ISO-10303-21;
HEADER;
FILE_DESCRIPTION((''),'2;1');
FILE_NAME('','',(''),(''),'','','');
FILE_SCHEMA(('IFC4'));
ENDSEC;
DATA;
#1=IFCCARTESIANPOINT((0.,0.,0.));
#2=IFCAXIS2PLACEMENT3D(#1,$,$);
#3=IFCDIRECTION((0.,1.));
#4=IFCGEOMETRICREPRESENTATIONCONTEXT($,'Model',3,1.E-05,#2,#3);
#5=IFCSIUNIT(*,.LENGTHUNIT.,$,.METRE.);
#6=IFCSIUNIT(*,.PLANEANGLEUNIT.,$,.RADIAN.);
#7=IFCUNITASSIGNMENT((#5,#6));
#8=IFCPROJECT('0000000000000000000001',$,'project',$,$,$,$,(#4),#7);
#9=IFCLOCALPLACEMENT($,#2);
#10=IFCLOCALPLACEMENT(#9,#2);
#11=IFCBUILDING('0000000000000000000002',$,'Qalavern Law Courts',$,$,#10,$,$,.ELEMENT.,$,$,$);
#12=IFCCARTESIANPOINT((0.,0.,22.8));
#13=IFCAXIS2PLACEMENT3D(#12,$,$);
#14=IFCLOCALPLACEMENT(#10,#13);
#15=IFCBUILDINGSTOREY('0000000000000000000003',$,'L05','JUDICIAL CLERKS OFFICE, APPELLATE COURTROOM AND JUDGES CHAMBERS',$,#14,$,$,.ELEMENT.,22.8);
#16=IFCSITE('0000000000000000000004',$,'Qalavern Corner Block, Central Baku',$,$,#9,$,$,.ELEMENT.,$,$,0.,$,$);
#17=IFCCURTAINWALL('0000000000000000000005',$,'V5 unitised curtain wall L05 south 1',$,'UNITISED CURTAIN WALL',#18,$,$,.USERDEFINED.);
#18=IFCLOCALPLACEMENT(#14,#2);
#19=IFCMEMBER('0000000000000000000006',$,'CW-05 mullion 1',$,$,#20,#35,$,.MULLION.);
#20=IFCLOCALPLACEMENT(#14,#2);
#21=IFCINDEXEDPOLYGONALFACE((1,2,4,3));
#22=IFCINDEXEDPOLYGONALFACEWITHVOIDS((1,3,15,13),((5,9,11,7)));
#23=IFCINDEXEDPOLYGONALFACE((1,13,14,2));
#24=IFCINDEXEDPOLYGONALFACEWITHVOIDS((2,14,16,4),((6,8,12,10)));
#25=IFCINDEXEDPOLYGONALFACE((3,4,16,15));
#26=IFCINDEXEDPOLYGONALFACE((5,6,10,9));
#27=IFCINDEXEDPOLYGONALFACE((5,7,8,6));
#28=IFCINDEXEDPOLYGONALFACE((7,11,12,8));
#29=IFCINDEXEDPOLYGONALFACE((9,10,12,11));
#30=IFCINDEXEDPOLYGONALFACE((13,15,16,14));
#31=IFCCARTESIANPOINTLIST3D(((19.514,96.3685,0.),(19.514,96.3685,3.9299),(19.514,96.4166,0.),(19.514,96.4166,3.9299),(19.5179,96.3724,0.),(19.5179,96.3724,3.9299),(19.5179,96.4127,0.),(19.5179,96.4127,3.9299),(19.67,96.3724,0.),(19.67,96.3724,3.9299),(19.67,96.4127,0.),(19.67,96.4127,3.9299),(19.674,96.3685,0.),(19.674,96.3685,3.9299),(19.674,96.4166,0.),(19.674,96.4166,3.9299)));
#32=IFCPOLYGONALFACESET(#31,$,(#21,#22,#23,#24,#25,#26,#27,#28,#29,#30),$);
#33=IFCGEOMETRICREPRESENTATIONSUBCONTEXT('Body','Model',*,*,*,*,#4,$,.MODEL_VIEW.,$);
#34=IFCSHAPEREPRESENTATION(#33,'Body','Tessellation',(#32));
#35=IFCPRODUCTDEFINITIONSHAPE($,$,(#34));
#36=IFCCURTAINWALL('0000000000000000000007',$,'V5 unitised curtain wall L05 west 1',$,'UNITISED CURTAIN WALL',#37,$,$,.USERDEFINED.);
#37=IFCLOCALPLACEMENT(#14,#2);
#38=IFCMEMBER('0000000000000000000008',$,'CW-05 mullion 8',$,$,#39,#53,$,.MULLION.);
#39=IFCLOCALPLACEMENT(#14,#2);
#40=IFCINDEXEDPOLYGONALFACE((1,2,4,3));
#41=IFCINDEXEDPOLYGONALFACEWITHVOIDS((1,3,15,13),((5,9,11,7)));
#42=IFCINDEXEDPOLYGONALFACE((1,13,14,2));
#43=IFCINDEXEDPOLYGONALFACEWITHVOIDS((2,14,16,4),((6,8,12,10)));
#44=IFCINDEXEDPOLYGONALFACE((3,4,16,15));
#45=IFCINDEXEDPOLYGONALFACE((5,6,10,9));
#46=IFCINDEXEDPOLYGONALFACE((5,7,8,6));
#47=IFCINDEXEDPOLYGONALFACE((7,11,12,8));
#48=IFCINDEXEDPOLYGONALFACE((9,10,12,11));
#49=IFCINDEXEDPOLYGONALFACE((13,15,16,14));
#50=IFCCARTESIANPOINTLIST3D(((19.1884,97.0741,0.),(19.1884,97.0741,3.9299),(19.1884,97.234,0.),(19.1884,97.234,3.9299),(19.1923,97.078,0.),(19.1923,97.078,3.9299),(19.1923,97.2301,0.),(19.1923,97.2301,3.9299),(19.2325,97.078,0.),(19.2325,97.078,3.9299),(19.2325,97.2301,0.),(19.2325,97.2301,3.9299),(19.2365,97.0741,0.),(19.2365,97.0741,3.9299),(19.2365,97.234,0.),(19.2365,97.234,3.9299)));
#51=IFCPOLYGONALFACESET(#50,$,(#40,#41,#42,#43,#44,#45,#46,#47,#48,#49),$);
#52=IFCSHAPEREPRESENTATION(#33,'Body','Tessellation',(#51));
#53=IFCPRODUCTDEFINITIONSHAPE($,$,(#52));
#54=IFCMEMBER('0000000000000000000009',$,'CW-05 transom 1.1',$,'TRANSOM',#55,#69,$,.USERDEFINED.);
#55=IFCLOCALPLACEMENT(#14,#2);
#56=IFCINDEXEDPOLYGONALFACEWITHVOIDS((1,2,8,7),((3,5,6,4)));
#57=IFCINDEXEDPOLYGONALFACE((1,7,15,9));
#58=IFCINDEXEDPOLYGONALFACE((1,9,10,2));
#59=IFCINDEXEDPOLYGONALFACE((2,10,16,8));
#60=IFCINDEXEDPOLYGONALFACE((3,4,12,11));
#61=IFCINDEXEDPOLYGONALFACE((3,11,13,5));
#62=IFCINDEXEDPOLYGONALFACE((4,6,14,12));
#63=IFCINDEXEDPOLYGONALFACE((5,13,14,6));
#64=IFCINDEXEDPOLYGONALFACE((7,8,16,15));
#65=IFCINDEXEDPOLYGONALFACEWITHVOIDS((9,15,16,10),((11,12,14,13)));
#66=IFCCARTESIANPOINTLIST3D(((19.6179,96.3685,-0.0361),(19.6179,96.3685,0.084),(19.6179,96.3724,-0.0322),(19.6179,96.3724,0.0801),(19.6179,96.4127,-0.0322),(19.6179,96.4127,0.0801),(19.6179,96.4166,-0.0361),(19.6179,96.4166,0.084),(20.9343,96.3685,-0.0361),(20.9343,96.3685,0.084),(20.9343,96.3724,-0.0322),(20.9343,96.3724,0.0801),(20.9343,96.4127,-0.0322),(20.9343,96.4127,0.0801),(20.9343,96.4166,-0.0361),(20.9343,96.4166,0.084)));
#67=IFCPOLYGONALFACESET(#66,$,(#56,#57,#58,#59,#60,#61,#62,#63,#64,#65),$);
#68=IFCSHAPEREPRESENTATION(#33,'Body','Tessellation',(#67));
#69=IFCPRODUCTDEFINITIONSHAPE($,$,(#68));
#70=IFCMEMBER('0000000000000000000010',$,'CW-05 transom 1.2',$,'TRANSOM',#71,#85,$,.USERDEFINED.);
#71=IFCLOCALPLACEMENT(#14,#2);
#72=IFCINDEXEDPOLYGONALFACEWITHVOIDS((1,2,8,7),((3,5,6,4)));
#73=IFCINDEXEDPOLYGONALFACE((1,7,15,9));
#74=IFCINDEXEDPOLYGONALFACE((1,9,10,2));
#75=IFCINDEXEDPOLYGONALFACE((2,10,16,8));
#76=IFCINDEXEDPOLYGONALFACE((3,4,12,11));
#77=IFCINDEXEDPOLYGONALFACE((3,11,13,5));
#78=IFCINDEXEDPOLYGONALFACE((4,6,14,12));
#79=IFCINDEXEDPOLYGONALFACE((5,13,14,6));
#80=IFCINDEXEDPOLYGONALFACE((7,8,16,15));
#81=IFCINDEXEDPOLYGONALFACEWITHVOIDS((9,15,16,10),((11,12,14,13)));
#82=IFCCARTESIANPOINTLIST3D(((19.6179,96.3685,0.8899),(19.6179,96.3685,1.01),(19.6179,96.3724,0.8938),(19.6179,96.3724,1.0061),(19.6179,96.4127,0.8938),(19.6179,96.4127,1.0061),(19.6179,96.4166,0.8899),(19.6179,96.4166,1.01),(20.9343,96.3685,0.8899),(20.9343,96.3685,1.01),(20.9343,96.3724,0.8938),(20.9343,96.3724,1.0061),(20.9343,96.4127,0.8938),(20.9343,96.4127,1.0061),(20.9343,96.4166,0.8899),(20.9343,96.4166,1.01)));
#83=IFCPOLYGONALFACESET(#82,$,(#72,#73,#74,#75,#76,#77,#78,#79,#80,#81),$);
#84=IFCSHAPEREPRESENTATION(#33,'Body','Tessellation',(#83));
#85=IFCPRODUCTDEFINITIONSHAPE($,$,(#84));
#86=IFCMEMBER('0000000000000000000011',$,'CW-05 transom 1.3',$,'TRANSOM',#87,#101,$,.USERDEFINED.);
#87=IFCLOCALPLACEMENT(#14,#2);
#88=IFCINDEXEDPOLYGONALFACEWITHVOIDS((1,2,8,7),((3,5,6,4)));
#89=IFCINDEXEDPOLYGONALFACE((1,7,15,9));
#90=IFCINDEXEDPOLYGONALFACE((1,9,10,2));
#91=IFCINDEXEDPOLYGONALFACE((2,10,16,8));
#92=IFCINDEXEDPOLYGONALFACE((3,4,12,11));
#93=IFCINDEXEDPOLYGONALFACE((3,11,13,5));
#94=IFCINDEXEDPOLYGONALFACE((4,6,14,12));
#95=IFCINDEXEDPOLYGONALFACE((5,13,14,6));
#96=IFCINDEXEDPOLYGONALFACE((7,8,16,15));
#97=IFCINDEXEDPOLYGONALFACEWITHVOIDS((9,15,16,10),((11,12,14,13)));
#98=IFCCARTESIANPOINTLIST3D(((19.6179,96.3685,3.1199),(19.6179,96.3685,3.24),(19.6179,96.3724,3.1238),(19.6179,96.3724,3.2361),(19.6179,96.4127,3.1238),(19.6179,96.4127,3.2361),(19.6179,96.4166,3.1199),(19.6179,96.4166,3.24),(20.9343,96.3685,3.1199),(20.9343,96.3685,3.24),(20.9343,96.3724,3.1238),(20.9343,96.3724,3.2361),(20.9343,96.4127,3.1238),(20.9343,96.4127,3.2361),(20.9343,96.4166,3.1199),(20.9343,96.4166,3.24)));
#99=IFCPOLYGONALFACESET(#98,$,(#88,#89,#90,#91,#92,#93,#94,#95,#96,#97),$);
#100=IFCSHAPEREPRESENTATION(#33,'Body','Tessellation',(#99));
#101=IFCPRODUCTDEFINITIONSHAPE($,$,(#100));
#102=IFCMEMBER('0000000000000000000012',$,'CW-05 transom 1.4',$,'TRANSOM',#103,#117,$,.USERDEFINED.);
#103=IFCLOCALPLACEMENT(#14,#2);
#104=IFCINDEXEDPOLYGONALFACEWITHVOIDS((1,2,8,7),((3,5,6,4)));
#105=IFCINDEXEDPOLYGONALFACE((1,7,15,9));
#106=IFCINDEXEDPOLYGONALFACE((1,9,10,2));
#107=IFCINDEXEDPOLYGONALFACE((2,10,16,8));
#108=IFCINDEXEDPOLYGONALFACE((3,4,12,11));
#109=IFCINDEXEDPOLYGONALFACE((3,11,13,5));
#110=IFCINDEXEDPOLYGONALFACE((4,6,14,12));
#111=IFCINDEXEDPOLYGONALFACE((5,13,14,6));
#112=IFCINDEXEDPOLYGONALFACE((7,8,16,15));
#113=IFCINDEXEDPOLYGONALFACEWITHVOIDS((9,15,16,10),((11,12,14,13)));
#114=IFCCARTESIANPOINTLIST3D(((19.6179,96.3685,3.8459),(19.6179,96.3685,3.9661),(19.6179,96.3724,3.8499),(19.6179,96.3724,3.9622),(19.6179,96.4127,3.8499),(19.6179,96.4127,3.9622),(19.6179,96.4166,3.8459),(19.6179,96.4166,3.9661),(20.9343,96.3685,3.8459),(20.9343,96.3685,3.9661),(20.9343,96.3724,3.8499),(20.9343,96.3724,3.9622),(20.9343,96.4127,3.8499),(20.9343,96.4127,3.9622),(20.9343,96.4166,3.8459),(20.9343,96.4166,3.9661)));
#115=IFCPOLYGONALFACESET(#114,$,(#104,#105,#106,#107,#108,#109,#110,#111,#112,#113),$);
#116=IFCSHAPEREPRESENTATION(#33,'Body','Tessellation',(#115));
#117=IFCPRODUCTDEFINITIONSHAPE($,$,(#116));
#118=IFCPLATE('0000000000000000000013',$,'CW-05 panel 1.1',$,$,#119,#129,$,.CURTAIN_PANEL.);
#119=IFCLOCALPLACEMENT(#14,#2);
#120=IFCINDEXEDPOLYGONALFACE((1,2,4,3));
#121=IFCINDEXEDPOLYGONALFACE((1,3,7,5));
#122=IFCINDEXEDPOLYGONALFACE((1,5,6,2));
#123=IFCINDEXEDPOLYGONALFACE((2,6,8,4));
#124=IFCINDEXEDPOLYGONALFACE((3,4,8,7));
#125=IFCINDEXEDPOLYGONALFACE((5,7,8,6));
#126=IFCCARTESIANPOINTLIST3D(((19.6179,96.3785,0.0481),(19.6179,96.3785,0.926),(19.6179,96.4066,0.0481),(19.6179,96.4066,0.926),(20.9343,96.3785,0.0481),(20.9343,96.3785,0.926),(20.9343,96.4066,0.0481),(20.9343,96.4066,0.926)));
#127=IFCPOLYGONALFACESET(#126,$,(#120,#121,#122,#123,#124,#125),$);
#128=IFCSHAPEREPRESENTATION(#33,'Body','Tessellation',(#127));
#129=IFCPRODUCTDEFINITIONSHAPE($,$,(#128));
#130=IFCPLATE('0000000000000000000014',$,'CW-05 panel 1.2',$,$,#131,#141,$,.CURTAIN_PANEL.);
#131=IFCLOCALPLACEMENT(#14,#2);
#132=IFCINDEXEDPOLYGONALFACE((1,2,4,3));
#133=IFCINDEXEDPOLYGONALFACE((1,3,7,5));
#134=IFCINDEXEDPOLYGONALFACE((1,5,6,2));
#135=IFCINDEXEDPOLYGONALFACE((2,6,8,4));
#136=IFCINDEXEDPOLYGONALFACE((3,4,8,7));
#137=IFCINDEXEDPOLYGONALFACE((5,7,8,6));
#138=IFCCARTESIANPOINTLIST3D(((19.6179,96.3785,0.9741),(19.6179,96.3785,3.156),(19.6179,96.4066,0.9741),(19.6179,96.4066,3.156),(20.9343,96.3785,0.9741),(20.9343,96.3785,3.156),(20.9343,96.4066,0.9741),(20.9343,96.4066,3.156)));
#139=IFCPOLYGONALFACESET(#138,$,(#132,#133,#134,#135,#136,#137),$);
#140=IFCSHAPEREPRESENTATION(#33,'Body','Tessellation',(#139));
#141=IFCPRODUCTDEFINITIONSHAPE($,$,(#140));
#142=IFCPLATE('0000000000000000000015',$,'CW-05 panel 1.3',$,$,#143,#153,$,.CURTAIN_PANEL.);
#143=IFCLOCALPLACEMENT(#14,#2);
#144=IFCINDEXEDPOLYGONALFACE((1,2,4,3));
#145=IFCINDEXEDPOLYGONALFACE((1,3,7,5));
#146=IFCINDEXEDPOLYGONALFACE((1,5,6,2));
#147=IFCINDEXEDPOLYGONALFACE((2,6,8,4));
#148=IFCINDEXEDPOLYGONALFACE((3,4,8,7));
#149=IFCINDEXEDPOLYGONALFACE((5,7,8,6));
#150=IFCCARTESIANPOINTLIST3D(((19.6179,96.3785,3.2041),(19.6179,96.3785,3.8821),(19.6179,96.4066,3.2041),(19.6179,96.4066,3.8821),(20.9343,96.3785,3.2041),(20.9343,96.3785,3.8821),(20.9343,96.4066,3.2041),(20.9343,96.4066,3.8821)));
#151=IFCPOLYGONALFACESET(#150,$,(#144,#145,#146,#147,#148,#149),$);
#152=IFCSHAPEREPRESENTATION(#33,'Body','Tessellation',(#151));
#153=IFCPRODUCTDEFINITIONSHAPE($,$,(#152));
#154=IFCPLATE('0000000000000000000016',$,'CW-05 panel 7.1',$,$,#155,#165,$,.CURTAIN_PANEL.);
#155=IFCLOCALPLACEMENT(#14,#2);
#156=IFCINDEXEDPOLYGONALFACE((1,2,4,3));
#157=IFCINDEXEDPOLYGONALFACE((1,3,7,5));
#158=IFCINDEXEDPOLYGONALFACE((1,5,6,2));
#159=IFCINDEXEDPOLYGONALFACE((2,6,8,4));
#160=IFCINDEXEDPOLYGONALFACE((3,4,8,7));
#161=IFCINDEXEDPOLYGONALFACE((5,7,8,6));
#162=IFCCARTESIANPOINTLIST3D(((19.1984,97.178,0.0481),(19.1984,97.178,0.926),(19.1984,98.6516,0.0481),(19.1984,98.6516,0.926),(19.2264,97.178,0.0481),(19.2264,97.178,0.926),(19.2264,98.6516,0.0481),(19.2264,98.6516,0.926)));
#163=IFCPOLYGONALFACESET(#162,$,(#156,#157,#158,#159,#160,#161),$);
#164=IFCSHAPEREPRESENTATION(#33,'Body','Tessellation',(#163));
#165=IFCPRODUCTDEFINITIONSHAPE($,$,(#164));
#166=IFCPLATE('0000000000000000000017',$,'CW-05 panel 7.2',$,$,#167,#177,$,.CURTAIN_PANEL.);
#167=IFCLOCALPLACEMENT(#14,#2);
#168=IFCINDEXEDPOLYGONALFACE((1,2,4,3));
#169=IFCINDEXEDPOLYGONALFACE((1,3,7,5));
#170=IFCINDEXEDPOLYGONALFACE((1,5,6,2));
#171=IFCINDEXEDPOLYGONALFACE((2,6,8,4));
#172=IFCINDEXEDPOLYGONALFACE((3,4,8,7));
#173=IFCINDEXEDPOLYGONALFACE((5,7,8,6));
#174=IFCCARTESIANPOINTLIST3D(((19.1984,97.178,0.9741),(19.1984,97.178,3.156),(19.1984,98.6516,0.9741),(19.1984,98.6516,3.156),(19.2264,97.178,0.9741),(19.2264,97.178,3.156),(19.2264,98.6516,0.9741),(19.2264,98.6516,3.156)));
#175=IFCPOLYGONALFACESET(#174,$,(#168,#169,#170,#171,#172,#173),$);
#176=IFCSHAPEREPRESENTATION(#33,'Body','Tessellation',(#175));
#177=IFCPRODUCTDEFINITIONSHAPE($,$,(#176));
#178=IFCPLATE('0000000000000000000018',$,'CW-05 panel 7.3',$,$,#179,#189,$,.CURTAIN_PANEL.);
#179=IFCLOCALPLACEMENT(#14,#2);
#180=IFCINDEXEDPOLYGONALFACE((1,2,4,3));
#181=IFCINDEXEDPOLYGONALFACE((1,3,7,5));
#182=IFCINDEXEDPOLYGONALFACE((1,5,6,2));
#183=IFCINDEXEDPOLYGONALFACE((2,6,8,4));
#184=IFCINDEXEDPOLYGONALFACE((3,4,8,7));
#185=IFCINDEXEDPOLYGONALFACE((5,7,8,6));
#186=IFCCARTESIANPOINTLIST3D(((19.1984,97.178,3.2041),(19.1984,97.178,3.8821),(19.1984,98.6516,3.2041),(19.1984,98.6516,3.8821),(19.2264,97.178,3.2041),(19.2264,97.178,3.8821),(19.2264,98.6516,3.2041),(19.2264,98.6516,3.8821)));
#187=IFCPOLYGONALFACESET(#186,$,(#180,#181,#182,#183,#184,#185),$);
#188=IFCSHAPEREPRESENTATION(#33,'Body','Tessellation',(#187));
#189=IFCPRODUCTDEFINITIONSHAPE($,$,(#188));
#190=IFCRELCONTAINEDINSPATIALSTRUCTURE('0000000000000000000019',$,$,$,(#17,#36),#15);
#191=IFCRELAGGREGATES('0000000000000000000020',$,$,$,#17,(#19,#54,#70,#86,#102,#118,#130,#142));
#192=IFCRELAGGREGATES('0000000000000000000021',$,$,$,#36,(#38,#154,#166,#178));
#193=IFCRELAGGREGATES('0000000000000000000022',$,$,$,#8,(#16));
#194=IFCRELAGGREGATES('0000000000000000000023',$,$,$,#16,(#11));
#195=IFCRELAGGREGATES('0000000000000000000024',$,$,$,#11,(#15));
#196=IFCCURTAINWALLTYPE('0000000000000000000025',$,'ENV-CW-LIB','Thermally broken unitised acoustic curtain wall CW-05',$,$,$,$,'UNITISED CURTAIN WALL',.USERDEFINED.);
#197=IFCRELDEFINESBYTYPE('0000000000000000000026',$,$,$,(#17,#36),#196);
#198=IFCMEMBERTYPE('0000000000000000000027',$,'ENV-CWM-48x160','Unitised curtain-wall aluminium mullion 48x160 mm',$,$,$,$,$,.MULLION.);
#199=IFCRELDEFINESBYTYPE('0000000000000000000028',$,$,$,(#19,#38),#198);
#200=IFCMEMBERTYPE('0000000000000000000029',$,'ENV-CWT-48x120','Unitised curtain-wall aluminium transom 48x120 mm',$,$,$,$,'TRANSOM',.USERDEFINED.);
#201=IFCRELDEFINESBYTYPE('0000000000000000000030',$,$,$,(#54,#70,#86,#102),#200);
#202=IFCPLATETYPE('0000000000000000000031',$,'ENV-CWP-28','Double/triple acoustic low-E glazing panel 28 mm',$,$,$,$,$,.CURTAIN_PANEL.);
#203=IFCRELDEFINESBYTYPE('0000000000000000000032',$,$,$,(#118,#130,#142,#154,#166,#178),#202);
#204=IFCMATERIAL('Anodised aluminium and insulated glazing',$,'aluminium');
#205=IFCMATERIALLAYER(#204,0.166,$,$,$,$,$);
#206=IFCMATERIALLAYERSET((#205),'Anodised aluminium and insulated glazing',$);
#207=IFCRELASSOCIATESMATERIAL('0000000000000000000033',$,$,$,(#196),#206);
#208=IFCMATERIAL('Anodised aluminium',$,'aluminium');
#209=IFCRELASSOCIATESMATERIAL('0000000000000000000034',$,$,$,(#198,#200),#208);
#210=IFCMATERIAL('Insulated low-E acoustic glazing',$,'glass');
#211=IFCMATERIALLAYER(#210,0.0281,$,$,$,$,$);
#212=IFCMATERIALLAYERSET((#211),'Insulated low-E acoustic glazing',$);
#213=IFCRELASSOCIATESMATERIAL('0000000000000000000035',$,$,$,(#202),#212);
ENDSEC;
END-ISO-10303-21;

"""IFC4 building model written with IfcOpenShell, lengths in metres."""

from ifc_helpers import new_model, si_unit, direction, frame, origin, origin_2d, place, context, subcontext, project, spatial, rectangle, hollow_rectangle, extrude, material, layer, layer_set, material_profile, profile_set, type_object, element, aggregate, save


model = new_model("IFC4")

# Units and contexts
model_context = context("Model", 3, precision=1e-05, world=origin(), true_north=direction((0.0, 1.0)))
body_context = subcontext(model_context, "Body", "Model", "MODEL_VIEW")
ifc_project = project(units=[si_unit("LENGTHUNIT", "METRE"), si_unit("PLANEANGLEUNIT", "RADIAN")], contexts=[model_context])

# Site, building, storey
site_placement = place(None, origin())
site = spatial("IfcSite", under=ifc_project, at=site_placement, Name="Qalavern Corner Block, Central Baku", CompositionType="ELEMENT", RefElevation=0.0)
building_placement = place(site_placement, origin())
building = spatial("IfcBuilding", under=site, at=building_placement, Name="Qalavern Law Courts", CompositionType="ELEMENT")
storey_placement = place(building_placement, frame((0.0, 0.0, 22.8)))
storey = spatial("IfcBuildingStorey", under=building, at=storey_placement, Name="L05", Description="JUDICIAL CLERKS OFFICE, APPELLATE COURTROOM AND JUDGES CHAMBERS", CompositionType="ELEMENT", Elevation=22.8)

# Curtain walls, members
ifc_material_1 = material(Name="Anodised aluminium and insulated glazing", Category="aluminium")
ifc_layer_1 = layer(ifc_material_1, 0.166)
ifc_layer_set_1 = layer_set([ifc_layer_1], Name="Anodised aluminium and insulated glazing")
curtain_wall_type = type_object("IfcCurtainWallType", Name="ENV-CW-LIB", Description="Thermally broken unitised acoustic curtain wall CW-05", ElementType="UNITISED CURTAIN WALL", PredefinedType="USERDEFINED", material=ifc_layer_set_1)
curtain_wall_1_placement = place(storey_placement, origin())
curtain_wall_1 = element("IfcCurtainWall", 1, at=curtain_wall_1_placement, inside=storey, type_object=curtain_wall_type, Name="V5 unitised curtain wall L05 south 1", ObjectType="UNITISED CURTAIN WALL", PredefinedType="USERDEFINED")
ifc_material_2 = material(Name="Anodised aluminium", Category="aluminium")
ifc_material_profile_1 = material_profile(ifc_material_2, hollow_rectangle(XDim=0.0481, YDim=0.1599, WallThickness=0.0039, at=origin_2d()), Name="ALU MULLION 48x160")
ifc_profile_set_1 = profile_set([ifc_material_profile_1], Name="Anodised aluminium")
member_type_1 = type_object("IfcMemberType", Name="ENV-CWM-48x160", Description="Unitised curtain-wall aluminium mullion 48x160 mm", PredefinedType="MULLION", material=ifc_profile_set_1)
member_1_placement = place(storey_placement, frame((19.594, 96.3926, 0.0), z_axis=(0.0, 0.0, 1.0), x_axis=(0.0, 1.0, 0.0)))
member_1 = element("IfcMember", 2, at=member_1_placement, type_object=member_type_1, Name="CW-05 mullion 1", PredefinedType="MULLION", context=body_context, shape_type="SweptSolid", body=[
    extrude(hollow_rectangle(XDim=0.0481, YDim=0.1599, WallThickness=0.0039, at=origin_2d()), origin(), (0.0, 0.0, 1.0), 3.9299),
])
curtain_wall_2_placement = place(storey_placement, origin())
curtain_wall_2 = element("IfcCurtainWall", 3, at=curtain_wall_2_placement, inside=storey, type_object=curtain_wall_type, Name="V5 unitised curtain wall L05 west 1", ObjectType="UNITISED CURTAIN WALL", PredefinedType="USERDEFINED")
member_2_placement = place(storey_placement, frame((19.2124, 97.1541, 0.0), z_axis=(0.0, 0.0, 1.0), x_axis=(1.0, 0.0, 0.0)))
member_2 = element("IfcMember", 4, at=member_2_placement, type_object=member_type_1, Name="CW-05 mullion 8", PredefinedType="MULLION", context=body_context, shape_type="SweptSolid", body=[
    extrude(hollow_rectangle(XDim=0.0481, YDim=0.1599, WallThickness=0.0039, at=origin_2d()), origin(), (0.0, 0.0, 1.0), 3.9299),
])

# Members
ifc_material_profile_2 = material_profile(ifc_material_2, hollow_rectangle(XDim=0.0481, YDim=0.1201, WallThickness=0.0039, at=origin_2d()), Name="ALU TRANSOM 48x120")
ifc_profile_set_2 = profile_set([ifc_material_profile_2], Name="Anodised aluminium")
member_type_2 = type_object("IfcMemberType", Name="ENV-CWT-48x120", Description="Unitised curtain-wall aluminium transom 48x120 mm", ElementType="TRANSOM", PredefinedType="USERDEFINED", material=ifc_profile_set_2)
member_3_placement = place(storey_placement, frame((19.6179, 96.3926, 0.0239), z_axis=(1.0, 0.0, 0.0), x_axis=(0.0, 1.0, 0.0)))
member_3 = element("IfcMember", 5, at=member_3_placement, type_object=member_type_2, Name="CW-05 transom 1.1", ObjectType="TRANSOM", PredefinedType="USERDEFINED", context=body_context, shape_type="SweptSolid", body=[
    extrude(hollow_rectangle(XDim=0.0481, YDim=0.1201, WallThickness=0.0039, at=origin_2d()), origin(), (0.0, 0.0, 1.0), 1.3164),
])
member_4_placement = place(storey_placement, frame((19.6179, 96.3926, 0.95), z_axis=(1.0, 0.0, 0.0), x_axis=(0.0, 1.0, 0.0)))
member_4 = element("IfcMember", 6, at=member_4_placement, type_object=member_type_2, Name="CW-05 transom 1.2", ObjectType="TRANSOM", PredefinedType="USERDEFINED", context=body_context, shape_type="SweptSolid", body=[
    extrude(hollow_rectangle(XDim=0.0481, YDim=0.1201, WallThickness=0.0039, at=origin_2d()), origin(), (0.0, 0.0, 1.0), 1.3164),
])
member_5_placement = place(storey_placement, frame((19.6179, 96.3926, 3.1799), z_axis=(1.0, 0.0, 0.0), x_axis=(0.0, 1.0, 0.0)))
member_5 = element("IfcMember", 7, at=member_5_placement, type_object=member_type_2, Name="CW-05 transom 1.3", ObjectType="TRANSOM", PredefinedType="USERDEFINED", context=body_context, shape_type="SweptSolid", body=[
    extrude(hollow_rectangle(XDim=0.0481, YDim=0.1201, WallThickness=0.0039, at=origin_2d()), origin(), (0.0, 0.0, 1.0), 1.3164),
])
member_6_placement = place(storey_placement, frame((19.6179, 96.3926, 3.906), z_axis=(1.0, 0.0, 0.0), x_axis=(0.0, 1.0, 0.0)))
member_6 = element("IfcMember", 8, at=member_6_placement, type_object=member_type_2, Name="CW-05 transom 1.4", ObjectType="TRANSOM", PredefinedType="USERDEFINED", context=body_context, shape_type="SweptSolid", body=[
    extrude(hollow_rectangle(XDim=0.0481, YDim=0.1201, WallThickness=0.0039, at=origin_2d()), origin(), (0.0, 0.0, 1.0), 1.3164),
])

# Plates
ifc_material_3 = material(Name="Insulated low-E acoustic glazing", Category="glass")
ifc_layer_2 = layer(ifc_material_3, 0.0281)
ifc_layer_set_2 = layer_set([ifc_layer_2], Name="Insulated low-E acoustic glazing")
plate_type = type_object("IfcPlateType", Name="ENV-CWP-28", Description="Double/triple acoustic low-E glazing panel 28 mm", PredefinedType="CURTAIN_PANEL", material=ifc_layer_set_2)
plate_1_placement = place(storey_placement, frame((20.2761, 96.3926, 0.0481), z_axis=(0.0, 0.0, 1.0), x_axis=(1.0, 0.0, 0.0)))
plate_1 = element("IfcPlate", 9, at=plate_1_placement, type_object=plate_type, Name="CW-05 panel 1.1", PredefinedType="CURTAIN_PANEL", context=body_context, shape_type="SweptSolid", body=[
    extrude(rectangle(XDim=1.3164, YDim=0.0281, at=origin_2d()), origin(), (0.0, 0.0, 1.0), 0.8779),
])
plate_2_placement = place(storey_placement, frame((20.2761, 96.3926, 0.9741), z_axis=(0.0, 0.0, 1.0), x_axis=(1.0, 0.0, 0.0)))
plate_2 = element("IfcPlate", 10, at=plate_2_placement, type_object=plate_type, Name="CW-05 panel 1.2", PredefinedType="CURTAIN_PANEL", context=body_context, shape_type="SweptSolid", body=[
    extrude(rectangle(XDim=1.3164, YDim=0.0281, at=origin_2d()), origin(), (0.0, 0.0, 1.0), 2.1819),
])
plate_3_placement = place(storey_placement, frame((20.2761, 96.3926, 3.2041), z_axis=(0.0, 0.0, 1.0), x_axis=(1.0, 0.0, 0.0)))
plate_3 = element("IfcPlate", 11, at=plate_3_placement, type_object=plate_type, Name="CW-05 panel 1.3", PredefinedType="CURTAIN_PANEL", context=body_context, shape_type="SweptSolid", body=[
    extrude(rectangle(XDim=1.3164, YDim=0.0281, at=origin_2d()), origin(), (0.0, 0.0, 1.0), 0.678),
])
aggregate(curtain_wall_1, [member_1, member_3, member_4, member_5, member_6, plate_1, plate_2, plate_3])
plate_4_placement = place(storey_placement, frame((19.2124, 97.9148, 0.0481), z_axis=(0.0, 0.0, 1.0), x_axis=(0.0, -1.0, 0.0)))
plate_4 = element("IfcPlate", 12, at=plate_4_placement, type_object=plate_type, Name="CW-05 panel 7.1", PredefinedType="CURTAIN_PANEL", context=body_context, shape_type="SweptSolid", body=[
    extrude(rectangle(XDim=1.4736, YDim=0.0281, at=origin_2d()), origin(), (0.0, 0.0, 1.0), 0.8779),
])
plate_5_placement = place(storey_placement, frame((19.2124, 97.9148, 0.9741), z_axis=(0.0, 0.0, 1.0), x_axis=(0.0, -1.0, 0.0)))
plate_5 = element("IfcPlate", 13, at=plate_5_placement, type_object=plate_type, Name="CW-05 panel 7.2", PredefinedType="CURTAIN_PANEL", context=body_context, shape_type="SweptSolid", body=[
    extrude(rectangle(XDim=1.4736, YDim=0.0281, at=origin_2d()), origin(), (0.0, 0.0, 1.0), 2.1819),
])
plate_6_placement = place(storey_placement, frame((19.2124, 97.9148, 3.2041), z_axis=(0.0, 0.0, 1.0), x_axis=(0.0, -1.0, 0.0)))
plate_6 = element("IfcPlate", 14, at=plate_6_placement, type_object=plate_type, Name="CW-05 panel 7.3", PredefinedType="CURTAIN_PANEL", context=body_context, shape_type="SweptSolid", body=[
    extrude(rectangle(XDim=1.4736, YDim=0.0281, at=origin_2d()), origin(), (0.0, 0.0, 1.0), 0.678),
])
aggregate(curtain_wall_2, [member_2, plate_4, plate_5, plate_6])

save(model, "model.ifc")
